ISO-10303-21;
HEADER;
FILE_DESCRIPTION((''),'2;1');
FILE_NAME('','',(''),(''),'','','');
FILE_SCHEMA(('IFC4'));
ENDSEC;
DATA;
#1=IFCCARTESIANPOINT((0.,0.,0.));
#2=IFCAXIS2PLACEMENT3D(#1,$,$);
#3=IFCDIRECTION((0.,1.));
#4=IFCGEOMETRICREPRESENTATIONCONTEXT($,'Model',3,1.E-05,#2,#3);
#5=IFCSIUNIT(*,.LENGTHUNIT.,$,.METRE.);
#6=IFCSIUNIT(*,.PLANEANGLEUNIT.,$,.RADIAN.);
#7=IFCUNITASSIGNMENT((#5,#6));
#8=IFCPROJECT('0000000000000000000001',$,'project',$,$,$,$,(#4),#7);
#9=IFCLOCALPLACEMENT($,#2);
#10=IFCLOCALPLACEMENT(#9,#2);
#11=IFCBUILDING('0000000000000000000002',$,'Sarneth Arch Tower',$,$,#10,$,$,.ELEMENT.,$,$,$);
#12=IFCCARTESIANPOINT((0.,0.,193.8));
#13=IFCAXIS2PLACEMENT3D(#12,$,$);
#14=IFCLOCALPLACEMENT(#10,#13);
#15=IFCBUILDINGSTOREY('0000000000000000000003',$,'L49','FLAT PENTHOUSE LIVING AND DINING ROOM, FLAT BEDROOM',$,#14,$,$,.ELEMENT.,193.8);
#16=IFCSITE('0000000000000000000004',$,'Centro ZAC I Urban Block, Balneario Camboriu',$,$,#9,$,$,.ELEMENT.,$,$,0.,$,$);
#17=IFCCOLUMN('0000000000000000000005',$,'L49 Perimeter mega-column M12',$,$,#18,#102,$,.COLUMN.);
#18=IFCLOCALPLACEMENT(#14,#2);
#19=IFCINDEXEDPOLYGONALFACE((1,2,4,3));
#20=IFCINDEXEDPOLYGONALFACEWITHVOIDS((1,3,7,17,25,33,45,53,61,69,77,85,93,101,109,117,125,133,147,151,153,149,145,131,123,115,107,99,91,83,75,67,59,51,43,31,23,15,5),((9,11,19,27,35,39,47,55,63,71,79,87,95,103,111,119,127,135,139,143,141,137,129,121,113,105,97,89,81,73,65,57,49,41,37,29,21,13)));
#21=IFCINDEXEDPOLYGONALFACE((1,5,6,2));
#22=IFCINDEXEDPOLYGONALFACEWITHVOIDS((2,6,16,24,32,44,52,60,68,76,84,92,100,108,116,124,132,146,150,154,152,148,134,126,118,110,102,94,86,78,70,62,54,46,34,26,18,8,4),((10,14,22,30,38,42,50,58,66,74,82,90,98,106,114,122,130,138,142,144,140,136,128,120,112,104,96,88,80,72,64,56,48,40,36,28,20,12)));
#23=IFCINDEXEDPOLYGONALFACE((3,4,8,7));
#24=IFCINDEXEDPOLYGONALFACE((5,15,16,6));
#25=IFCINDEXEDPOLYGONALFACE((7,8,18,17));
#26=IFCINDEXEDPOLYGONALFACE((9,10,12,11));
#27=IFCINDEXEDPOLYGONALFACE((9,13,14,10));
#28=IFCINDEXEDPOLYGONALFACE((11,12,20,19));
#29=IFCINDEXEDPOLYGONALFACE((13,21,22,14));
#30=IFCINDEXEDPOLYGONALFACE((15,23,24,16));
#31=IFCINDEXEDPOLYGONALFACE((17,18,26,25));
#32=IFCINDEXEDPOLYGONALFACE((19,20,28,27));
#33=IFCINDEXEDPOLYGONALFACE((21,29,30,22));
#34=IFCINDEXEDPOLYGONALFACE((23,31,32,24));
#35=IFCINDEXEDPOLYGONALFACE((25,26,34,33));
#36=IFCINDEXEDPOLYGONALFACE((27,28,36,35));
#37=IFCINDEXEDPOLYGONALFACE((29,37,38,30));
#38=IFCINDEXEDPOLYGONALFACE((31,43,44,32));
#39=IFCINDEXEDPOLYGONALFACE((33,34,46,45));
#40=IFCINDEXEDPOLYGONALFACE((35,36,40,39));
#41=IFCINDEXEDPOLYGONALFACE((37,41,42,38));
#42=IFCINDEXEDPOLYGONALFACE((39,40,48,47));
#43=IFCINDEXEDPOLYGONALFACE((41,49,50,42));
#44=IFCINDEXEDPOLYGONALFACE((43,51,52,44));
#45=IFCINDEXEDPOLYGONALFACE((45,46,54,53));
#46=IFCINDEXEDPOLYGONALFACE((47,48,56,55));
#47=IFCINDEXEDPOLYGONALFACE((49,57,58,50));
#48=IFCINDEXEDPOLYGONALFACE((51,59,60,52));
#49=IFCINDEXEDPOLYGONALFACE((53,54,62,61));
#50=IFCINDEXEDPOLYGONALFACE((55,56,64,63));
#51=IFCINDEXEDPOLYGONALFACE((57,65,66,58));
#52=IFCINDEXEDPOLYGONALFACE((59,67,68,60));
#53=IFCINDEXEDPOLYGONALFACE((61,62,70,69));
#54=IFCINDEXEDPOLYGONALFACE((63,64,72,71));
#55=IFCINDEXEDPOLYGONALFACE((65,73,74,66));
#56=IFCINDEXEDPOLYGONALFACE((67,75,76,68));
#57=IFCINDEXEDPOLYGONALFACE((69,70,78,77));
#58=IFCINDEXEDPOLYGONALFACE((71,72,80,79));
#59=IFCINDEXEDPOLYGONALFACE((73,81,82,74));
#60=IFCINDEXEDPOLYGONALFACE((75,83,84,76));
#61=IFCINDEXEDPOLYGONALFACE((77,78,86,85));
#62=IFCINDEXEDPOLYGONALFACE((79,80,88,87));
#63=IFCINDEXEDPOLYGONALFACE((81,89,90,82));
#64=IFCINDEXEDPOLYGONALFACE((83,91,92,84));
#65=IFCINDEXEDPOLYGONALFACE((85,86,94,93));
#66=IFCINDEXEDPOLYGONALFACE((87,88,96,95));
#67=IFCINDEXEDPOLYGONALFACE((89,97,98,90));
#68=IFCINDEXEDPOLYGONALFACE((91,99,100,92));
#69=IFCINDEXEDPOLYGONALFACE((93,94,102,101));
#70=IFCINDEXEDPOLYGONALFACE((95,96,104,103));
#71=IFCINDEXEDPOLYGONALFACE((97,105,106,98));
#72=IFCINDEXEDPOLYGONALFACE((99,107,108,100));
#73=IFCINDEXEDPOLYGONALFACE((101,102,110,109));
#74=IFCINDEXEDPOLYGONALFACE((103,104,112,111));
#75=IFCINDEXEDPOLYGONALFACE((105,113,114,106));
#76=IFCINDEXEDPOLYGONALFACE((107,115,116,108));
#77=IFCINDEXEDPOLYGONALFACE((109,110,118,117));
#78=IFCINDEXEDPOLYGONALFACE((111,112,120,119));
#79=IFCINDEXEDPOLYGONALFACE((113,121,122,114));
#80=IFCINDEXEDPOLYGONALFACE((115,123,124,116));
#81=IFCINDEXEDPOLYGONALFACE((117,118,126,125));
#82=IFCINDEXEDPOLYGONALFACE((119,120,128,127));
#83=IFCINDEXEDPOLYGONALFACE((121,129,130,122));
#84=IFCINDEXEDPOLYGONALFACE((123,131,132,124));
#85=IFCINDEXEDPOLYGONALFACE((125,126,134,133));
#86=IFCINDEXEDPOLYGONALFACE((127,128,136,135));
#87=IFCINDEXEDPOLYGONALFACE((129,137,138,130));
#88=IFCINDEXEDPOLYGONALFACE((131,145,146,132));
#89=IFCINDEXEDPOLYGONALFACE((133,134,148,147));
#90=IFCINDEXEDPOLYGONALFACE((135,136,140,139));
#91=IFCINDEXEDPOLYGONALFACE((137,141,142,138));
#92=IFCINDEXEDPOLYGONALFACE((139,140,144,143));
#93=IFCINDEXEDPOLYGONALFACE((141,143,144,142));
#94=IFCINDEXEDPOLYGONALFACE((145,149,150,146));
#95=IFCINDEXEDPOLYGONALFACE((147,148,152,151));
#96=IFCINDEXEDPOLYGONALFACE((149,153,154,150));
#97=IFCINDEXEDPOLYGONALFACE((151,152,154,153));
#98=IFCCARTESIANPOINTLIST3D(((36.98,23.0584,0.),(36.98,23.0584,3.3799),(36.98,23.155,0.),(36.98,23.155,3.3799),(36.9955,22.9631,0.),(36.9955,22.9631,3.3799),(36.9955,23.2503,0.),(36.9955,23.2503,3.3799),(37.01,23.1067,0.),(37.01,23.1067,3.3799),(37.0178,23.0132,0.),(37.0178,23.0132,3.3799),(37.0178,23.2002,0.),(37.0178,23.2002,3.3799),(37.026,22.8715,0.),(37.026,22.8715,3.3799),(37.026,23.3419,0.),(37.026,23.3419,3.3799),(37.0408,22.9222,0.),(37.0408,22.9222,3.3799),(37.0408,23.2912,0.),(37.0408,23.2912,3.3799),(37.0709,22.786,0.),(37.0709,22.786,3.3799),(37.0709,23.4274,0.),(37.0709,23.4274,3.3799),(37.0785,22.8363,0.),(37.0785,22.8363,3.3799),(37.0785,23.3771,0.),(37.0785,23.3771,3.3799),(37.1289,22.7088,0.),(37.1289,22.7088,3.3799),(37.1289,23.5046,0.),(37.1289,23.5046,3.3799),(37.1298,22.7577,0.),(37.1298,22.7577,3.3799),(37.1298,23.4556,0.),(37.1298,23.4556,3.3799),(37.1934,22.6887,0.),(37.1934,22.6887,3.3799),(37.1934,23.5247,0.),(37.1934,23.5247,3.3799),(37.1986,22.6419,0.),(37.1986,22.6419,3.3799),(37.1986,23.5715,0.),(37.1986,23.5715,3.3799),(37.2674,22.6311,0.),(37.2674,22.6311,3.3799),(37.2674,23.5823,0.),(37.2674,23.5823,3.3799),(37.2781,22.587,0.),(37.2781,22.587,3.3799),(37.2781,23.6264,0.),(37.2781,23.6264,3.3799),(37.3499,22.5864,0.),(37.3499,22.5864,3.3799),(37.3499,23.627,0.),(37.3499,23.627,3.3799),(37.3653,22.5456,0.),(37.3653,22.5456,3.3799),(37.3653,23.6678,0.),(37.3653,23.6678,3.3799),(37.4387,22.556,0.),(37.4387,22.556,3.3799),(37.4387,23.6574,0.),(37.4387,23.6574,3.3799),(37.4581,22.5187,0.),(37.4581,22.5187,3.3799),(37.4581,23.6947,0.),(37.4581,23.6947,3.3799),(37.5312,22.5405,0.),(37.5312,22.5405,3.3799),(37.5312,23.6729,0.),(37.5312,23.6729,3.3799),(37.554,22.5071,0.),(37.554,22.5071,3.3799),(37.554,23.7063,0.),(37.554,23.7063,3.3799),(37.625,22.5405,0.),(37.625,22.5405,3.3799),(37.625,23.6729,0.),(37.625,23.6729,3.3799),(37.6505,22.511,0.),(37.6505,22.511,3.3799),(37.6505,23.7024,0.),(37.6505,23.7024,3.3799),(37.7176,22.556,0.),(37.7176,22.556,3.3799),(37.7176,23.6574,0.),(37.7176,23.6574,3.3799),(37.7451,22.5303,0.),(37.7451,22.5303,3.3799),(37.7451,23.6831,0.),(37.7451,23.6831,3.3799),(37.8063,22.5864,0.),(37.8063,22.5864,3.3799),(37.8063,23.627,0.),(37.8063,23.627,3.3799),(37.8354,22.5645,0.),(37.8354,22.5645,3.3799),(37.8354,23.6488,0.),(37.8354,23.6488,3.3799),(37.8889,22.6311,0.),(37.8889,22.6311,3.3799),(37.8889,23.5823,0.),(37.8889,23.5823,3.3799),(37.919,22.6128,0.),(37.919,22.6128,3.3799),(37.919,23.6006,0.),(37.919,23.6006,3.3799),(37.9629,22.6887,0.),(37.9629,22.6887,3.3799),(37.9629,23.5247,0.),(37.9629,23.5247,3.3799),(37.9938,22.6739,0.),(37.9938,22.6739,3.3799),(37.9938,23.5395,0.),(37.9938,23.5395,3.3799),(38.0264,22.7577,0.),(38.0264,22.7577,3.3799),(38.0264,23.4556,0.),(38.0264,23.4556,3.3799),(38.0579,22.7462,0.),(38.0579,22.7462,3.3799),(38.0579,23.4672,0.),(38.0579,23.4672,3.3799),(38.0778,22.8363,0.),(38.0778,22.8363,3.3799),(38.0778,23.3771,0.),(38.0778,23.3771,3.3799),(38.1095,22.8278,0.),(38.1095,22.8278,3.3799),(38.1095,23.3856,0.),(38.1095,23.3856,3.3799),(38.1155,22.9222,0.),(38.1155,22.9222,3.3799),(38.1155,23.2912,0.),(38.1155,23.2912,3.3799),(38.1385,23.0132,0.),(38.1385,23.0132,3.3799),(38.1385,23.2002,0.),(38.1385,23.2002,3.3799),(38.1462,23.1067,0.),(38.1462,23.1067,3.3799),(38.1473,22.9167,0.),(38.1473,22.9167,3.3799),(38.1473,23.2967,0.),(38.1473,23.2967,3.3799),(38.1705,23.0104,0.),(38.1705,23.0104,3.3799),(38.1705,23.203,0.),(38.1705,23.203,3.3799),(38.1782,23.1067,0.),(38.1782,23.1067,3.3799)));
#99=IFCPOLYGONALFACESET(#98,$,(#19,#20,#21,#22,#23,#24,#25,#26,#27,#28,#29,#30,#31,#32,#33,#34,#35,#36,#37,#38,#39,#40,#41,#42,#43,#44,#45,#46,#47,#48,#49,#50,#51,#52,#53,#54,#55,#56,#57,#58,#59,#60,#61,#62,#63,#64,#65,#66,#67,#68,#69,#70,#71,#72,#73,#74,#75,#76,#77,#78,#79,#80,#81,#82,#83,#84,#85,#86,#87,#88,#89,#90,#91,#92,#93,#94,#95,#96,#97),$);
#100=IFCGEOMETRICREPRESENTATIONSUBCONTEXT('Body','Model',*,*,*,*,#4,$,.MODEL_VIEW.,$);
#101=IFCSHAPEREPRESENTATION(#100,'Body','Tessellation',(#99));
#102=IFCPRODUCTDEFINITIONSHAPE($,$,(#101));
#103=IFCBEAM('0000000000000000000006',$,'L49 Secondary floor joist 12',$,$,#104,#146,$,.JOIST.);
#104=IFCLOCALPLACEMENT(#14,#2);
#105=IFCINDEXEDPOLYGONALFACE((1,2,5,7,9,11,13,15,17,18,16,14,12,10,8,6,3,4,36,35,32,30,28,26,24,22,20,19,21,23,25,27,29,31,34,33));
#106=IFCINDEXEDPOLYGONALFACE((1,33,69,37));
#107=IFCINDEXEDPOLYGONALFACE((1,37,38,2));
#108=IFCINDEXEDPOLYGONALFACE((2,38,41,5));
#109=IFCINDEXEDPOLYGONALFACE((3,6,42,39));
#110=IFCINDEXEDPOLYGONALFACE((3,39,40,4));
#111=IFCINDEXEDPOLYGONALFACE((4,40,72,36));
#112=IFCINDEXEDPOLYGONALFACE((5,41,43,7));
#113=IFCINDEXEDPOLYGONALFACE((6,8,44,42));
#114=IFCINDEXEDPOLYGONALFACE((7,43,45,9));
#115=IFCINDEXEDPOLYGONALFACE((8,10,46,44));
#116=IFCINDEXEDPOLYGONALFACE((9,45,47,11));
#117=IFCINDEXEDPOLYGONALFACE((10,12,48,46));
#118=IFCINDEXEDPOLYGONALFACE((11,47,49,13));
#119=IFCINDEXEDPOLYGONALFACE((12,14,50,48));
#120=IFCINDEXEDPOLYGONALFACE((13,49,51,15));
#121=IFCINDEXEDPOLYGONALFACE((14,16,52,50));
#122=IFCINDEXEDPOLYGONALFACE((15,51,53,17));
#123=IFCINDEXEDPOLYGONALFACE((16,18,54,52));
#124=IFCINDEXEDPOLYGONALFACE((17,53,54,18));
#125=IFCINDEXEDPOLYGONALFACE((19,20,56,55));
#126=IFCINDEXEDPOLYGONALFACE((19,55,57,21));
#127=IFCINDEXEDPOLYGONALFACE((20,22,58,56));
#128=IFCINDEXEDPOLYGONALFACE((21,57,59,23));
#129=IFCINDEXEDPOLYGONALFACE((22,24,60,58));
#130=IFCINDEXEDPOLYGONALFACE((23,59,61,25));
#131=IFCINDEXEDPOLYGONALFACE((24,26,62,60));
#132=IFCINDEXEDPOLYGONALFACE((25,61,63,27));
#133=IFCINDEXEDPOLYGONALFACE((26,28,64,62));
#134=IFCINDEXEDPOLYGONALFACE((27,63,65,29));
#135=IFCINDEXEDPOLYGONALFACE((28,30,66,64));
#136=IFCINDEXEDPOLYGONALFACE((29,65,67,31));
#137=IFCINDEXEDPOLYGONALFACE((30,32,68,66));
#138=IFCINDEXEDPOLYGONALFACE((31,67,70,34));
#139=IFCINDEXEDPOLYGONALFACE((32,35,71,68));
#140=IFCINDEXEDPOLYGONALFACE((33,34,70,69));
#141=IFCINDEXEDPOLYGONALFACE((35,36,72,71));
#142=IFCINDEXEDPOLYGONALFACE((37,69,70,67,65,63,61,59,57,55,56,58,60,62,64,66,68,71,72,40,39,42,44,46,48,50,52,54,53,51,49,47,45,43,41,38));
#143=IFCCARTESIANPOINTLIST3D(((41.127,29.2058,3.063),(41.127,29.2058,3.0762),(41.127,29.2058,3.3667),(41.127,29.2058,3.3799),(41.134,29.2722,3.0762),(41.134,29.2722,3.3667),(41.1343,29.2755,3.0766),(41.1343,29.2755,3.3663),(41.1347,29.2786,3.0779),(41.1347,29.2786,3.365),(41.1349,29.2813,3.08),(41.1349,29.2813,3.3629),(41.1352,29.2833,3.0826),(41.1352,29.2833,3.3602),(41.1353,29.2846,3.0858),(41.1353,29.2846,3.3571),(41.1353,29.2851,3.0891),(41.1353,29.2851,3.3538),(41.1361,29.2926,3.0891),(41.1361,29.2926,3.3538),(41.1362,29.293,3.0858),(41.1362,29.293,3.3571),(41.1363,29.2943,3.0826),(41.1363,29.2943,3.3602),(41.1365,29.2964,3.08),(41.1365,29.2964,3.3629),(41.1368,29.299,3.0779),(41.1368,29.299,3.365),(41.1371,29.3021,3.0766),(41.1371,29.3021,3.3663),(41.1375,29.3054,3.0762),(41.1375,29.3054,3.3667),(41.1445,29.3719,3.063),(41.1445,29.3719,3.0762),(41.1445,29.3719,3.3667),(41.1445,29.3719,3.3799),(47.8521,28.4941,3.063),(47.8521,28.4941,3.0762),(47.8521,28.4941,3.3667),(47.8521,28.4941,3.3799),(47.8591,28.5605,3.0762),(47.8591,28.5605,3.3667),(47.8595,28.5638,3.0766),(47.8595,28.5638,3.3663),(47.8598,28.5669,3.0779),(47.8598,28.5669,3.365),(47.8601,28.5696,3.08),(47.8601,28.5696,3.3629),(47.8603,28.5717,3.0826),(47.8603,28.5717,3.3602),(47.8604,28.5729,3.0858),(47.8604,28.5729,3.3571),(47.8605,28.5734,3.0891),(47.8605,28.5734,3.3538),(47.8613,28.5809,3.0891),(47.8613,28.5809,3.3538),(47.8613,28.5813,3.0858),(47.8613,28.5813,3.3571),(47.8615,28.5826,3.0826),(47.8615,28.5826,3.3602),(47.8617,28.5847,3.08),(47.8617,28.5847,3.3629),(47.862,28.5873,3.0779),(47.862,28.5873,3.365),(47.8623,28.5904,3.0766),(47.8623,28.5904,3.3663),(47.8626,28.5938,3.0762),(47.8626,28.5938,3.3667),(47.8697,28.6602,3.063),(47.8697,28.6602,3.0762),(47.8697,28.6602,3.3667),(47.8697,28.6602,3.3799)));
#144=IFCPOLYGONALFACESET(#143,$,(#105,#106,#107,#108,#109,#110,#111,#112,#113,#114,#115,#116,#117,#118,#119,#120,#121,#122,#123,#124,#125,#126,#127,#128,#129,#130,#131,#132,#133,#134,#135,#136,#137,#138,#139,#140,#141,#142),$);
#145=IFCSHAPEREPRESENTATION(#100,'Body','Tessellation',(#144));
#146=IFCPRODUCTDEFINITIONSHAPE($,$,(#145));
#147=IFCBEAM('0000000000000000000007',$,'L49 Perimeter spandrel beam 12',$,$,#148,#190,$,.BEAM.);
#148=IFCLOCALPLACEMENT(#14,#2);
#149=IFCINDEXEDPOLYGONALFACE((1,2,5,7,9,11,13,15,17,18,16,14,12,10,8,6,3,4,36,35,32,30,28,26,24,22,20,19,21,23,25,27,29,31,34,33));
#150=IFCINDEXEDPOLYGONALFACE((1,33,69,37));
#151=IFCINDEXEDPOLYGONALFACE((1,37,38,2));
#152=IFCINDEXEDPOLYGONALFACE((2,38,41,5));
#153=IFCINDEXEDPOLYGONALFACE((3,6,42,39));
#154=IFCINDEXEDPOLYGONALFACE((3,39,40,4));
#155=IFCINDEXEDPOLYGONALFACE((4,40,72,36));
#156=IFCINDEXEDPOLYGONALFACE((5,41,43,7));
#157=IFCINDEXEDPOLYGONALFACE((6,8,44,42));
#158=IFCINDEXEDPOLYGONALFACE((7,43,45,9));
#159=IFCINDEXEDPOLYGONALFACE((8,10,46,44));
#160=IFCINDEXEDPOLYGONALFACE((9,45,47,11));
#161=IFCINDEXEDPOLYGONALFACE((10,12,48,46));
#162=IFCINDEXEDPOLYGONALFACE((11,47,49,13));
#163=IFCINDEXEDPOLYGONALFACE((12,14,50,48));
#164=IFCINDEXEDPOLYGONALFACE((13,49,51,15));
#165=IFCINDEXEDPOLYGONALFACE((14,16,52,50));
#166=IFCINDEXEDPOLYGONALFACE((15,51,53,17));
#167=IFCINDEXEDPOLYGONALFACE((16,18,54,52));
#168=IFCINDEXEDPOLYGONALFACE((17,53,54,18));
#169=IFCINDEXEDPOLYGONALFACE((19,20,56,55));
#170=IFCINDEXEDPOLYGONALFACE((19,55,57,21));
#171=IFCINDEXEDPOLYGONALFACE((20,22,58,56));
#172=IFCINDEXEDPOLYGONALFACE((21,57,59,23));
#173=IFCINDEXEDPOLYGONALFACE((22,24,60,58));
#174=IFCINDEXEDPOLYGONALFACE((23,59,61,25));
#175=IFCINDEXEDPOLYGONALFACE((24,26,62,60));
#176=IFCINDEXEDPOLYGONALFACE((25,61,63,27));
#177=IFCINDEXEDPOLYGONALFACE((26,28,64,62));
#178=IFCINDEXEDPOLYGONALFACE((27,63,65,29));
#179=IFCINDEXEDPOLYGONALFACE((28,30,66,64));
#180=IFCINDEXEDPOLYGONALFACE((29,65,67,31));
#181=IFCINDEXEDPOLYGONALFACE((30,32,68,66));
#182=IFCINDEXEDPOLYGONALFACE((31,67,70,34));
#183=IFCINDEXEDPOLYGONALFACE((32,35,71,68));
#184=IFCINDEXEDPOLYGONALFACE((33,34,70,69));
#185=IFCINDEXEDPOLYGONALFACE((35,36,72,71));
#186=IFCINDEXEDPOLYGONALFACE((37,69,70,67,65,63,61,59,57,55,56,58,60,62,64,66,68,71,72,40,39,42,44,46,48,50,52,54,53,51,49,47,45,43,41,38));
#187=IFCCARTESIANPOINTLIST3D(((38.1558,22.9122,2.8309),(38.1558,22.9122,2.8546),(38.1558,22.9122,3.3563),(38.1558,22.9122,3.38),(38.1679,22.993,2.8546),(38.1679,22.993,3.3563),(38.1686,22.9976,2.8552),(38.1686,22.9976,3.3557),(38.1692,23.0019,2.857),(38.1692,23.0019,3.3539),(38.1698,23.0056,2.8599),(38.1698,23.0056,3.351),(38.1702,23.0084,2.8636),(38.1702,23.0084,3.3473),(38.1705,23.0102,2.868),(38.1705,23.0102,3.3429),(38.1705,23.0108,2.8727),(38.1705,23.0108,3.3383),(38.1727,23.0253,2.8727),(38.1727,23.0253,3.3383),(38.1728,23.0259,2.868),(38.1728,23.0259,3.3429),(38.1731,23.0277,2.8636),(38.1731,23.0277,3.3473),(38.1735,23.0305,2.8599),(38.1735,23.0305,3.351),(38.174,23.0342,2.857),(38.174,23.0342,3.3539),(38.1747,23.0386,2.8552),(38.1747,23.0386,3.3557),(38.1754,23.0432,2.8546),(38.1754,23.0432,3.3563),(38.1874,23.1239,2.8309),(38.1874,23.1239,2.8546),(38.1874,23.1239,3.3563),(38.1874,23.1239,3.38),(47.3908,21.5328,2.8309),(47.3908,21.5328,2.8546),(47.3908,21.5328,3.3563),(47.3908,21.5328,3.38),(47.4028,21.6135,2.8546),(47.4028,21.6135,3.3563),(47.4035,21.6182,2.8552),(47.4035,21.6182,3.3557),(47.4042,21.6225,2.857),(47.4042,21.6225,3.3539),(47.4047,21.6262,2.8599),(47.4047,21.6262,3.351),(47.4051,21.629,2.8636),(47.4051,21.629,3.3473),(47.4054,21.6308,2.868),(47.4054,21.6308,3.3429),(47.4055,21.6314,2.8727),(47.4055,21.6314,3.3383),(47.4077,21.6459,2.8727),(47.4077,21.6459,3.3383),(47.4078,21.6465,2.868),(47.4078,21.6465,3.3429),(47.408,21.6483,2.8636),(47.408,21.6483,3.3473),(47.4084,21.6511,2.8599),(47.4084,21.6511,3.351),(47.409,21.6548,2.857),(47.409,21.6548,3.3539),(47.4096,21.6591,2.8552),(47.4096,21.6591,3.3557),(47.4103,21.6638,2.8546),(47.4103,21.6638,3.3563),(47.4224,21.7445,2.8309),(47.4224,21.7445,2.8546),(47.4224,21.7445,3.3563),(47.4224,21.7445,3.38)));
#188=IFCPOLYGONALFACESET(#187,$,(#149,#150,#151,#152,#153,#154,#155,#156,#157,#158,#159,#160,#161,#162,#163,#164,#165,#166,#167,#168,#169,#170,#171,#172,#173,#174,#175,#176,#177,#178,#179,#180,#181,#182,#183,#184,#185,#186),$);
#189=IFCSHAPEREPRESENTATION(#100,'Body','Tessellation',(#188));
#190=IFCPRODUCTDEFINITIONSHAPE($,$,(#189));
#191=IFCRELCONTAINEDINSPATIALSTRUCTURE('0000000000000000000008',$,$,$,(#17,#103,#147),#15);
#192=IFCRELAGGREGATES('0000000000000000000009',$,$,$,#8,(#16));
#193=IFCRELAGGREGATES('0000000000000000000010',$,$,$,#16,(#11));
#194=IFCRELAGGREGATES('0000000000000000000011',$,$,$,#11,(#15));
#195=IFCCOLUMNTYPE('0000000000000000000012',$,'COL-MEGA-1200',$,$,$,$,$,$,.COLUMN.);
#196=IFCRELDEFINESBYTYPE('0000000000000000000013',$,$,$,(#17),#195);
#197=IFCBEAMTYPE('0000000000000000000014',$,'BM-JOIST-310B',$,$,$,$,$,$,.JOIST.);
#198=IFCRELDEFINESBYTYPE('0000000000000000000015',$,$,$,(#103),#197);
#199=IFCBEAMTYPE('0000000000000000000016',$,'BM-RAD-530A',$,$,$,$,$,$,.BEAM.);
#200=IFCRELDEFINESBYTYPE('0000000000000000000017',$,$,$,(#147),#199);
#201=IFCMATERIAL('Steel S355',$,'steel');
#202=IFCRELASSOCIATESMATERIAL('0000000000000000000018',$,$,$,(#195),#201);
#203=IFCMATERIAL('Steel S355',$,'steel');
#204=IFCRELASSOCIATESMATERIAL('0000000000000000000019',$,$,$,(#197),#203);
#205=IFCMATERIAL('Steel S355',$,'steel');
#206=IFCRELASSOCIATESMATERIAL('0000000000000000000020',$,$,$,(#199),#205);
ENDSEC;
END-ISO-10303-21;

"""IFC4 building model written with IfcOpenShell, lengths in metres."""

from ifc_helpers import new_model, si_unit, direction, frame, origin, origin_2d, place, context, subcontext, project, spatial, hollow_circle, i_section, extrude, material, material_profile, profile_set, type_object, element, save


model = new_model("IFC4")

# Units and contexts
model_context = context("Model", 3, precision=1e-05, world=origin(), true_north=direction((0.0, 1.0)))
body_context = subcontext(model_context, "Body", "Model", "MODEL_VIEW")
ifc_project = project(units=[si_unit("LENGTHUNIT", "METRE"), si_unit("PLANEANGLEUNIT", "RADIAN")], contexts=[model_context])

# Site, building, storey
site_placement = place(None, origin())
site = spatial("IfcSite", under=ifc_project, at=site_placement, Name="Centro ZAC I Urban Block, Balneario Camboriu", CompositionType="ELEMENT", RefElevation=0.0)
building_placement = place(site_placement, origin())
building = spatial("IfcBuilding", under=site, at=building_placement, Name="Sarneth Arch Tower", CompositionType="ELEMENT")
storey_placement = place(building_placement, frame((0.0, 0.0, 193.8)))
storey = spatial("IfcBuildingStorey", under=building, at=storey_placement, Name="L49", Description="FLAT PENTHOUSE LIVING AND DINING ROOM, FLAT BEDROOM", CompositionType="ELEMENT", Elevation=193.8)

# Column
ifc_material_1 = material(Name="Steel S355", Category="steel")
ifc_material_profile_1 = material_profile(ifc_material_1, hollow_circle(Radius=0.6001, WallThickness=0.032, at=origin_2d()), Name="CHS1200x32")
ifc_profile_set_1 = profile_set([ifc_material_profile_1], Name="Steel S355")
column_type = type_object("IfcColumnType", Name="COL-MEGA-1200", PredefinedType="COLUMN", material=ifc_profile_set_1)
column_placement = place(storey_placement, frame((37.5781, 23.1067, 0.0), z_axis=(0.0, 0.0, 1.0), x_axis=(1.0, 0.0, 0.0)))
element("IfcColumn", 1, at=column_placement, inside=storey, type_object=column_type, Name="L49 Perimeter mega-column M12", PredefinedType="COLUMN", context=body_context, shape_type="SweptSolid", body=[
    extrude(hollow_circle(Radius=0.6001, WallThickness=0.032, at=origin_2d()), origin(), (0.0, 0.0, 1.0), 3.3799),
])

# Beams
ifc_material_2 = material(Name="Steel S355", Category="steel")
ifc_material_profile_2 = material_profile(ifc_material_2, i_section(OverallWidth=0.167, OverallDepth=0.3169, WebThickness=0.0076, FlangeThickness=0.0132, FilletRadius=0.0129, at=origin_2d()), Name="W310x52")
ifc_profile_set_2 = profile_set([ifc_material_profile_2], Name="Steel S355")
beam_type_1 = type_object("IfcBeamType", Name="BM-JOIST-310B", PredefinedType="JOIST", material=ifc_profile_set_2)
beam_1_placement = place(storey_placement, frame((41.1357, 29.2888, 3.2214), z_axis=(0.994447, -0.105235, 0.0), x_axis=(0.105235, 0.994447, 0.0)))
element("IfcBeam", 2, at=beam_1_placement, inside=storey, type_object=beam_type_1, Name="L49 Secondary floor joist 12", PredefinedType="JOIST", context=body_context, shape_type="SweptSolid", body=[
    extrude(i_section(OverallWidth=0.167, OverallDepth=0.3169, WebThickness=0.0076, FlangeThickness=0.0132, FilletRadius=0.0129, at=origin_2d()), origin(), (0.0, 0.0, 1.0), 6.7627),
])
ifc_material_3 = material(Name="Steel S355", Category="steel")
ifc_material_profile_3 = material_profile(ifc_material_3, i_section(OverallWidth=0.2141, OverallDepth=0.5491, WebThickness=0.0146, FlangeThickness=0.0237, FilletRadius=0.0181, at=origin_2d()), Name="W530x138")
ifc_profile_set_3 = profile_set([ifc_material_profile_3], Name="Steel S355")
beam_type_2 = type_object("IfcBeamType", Name="BM-RAD-530A", PredefinedType="BEAM", material=ifc_profile_set_3)
beam_2_placement = place(storey_placement, frame((38.1716, 23.0181, 3.1055), z_axis=(0.989028, -0.147729, 0.0), x_axis=(0.147729, 0.989028, 0.0)))
element("IfcBeam", 3, at=beam_2_placement, inside=storey, type_object=beam_type_2, Name="L49 Perimeter spandrel beam 12", PredefinedType="BEAM", context=body_context, shape_type="SweptSolid", body=[
    extrude(i_section(OverallWidth=0.2141, OverallDepth=0.5491, WebThickness=0.0146, FlangeThickness=0.0237, FilletRadius=0.0181, at=origin_2d()), origin(), (0.0, 0.0, 1.0), 9.3374),
])

save(model, "model.ifc")
